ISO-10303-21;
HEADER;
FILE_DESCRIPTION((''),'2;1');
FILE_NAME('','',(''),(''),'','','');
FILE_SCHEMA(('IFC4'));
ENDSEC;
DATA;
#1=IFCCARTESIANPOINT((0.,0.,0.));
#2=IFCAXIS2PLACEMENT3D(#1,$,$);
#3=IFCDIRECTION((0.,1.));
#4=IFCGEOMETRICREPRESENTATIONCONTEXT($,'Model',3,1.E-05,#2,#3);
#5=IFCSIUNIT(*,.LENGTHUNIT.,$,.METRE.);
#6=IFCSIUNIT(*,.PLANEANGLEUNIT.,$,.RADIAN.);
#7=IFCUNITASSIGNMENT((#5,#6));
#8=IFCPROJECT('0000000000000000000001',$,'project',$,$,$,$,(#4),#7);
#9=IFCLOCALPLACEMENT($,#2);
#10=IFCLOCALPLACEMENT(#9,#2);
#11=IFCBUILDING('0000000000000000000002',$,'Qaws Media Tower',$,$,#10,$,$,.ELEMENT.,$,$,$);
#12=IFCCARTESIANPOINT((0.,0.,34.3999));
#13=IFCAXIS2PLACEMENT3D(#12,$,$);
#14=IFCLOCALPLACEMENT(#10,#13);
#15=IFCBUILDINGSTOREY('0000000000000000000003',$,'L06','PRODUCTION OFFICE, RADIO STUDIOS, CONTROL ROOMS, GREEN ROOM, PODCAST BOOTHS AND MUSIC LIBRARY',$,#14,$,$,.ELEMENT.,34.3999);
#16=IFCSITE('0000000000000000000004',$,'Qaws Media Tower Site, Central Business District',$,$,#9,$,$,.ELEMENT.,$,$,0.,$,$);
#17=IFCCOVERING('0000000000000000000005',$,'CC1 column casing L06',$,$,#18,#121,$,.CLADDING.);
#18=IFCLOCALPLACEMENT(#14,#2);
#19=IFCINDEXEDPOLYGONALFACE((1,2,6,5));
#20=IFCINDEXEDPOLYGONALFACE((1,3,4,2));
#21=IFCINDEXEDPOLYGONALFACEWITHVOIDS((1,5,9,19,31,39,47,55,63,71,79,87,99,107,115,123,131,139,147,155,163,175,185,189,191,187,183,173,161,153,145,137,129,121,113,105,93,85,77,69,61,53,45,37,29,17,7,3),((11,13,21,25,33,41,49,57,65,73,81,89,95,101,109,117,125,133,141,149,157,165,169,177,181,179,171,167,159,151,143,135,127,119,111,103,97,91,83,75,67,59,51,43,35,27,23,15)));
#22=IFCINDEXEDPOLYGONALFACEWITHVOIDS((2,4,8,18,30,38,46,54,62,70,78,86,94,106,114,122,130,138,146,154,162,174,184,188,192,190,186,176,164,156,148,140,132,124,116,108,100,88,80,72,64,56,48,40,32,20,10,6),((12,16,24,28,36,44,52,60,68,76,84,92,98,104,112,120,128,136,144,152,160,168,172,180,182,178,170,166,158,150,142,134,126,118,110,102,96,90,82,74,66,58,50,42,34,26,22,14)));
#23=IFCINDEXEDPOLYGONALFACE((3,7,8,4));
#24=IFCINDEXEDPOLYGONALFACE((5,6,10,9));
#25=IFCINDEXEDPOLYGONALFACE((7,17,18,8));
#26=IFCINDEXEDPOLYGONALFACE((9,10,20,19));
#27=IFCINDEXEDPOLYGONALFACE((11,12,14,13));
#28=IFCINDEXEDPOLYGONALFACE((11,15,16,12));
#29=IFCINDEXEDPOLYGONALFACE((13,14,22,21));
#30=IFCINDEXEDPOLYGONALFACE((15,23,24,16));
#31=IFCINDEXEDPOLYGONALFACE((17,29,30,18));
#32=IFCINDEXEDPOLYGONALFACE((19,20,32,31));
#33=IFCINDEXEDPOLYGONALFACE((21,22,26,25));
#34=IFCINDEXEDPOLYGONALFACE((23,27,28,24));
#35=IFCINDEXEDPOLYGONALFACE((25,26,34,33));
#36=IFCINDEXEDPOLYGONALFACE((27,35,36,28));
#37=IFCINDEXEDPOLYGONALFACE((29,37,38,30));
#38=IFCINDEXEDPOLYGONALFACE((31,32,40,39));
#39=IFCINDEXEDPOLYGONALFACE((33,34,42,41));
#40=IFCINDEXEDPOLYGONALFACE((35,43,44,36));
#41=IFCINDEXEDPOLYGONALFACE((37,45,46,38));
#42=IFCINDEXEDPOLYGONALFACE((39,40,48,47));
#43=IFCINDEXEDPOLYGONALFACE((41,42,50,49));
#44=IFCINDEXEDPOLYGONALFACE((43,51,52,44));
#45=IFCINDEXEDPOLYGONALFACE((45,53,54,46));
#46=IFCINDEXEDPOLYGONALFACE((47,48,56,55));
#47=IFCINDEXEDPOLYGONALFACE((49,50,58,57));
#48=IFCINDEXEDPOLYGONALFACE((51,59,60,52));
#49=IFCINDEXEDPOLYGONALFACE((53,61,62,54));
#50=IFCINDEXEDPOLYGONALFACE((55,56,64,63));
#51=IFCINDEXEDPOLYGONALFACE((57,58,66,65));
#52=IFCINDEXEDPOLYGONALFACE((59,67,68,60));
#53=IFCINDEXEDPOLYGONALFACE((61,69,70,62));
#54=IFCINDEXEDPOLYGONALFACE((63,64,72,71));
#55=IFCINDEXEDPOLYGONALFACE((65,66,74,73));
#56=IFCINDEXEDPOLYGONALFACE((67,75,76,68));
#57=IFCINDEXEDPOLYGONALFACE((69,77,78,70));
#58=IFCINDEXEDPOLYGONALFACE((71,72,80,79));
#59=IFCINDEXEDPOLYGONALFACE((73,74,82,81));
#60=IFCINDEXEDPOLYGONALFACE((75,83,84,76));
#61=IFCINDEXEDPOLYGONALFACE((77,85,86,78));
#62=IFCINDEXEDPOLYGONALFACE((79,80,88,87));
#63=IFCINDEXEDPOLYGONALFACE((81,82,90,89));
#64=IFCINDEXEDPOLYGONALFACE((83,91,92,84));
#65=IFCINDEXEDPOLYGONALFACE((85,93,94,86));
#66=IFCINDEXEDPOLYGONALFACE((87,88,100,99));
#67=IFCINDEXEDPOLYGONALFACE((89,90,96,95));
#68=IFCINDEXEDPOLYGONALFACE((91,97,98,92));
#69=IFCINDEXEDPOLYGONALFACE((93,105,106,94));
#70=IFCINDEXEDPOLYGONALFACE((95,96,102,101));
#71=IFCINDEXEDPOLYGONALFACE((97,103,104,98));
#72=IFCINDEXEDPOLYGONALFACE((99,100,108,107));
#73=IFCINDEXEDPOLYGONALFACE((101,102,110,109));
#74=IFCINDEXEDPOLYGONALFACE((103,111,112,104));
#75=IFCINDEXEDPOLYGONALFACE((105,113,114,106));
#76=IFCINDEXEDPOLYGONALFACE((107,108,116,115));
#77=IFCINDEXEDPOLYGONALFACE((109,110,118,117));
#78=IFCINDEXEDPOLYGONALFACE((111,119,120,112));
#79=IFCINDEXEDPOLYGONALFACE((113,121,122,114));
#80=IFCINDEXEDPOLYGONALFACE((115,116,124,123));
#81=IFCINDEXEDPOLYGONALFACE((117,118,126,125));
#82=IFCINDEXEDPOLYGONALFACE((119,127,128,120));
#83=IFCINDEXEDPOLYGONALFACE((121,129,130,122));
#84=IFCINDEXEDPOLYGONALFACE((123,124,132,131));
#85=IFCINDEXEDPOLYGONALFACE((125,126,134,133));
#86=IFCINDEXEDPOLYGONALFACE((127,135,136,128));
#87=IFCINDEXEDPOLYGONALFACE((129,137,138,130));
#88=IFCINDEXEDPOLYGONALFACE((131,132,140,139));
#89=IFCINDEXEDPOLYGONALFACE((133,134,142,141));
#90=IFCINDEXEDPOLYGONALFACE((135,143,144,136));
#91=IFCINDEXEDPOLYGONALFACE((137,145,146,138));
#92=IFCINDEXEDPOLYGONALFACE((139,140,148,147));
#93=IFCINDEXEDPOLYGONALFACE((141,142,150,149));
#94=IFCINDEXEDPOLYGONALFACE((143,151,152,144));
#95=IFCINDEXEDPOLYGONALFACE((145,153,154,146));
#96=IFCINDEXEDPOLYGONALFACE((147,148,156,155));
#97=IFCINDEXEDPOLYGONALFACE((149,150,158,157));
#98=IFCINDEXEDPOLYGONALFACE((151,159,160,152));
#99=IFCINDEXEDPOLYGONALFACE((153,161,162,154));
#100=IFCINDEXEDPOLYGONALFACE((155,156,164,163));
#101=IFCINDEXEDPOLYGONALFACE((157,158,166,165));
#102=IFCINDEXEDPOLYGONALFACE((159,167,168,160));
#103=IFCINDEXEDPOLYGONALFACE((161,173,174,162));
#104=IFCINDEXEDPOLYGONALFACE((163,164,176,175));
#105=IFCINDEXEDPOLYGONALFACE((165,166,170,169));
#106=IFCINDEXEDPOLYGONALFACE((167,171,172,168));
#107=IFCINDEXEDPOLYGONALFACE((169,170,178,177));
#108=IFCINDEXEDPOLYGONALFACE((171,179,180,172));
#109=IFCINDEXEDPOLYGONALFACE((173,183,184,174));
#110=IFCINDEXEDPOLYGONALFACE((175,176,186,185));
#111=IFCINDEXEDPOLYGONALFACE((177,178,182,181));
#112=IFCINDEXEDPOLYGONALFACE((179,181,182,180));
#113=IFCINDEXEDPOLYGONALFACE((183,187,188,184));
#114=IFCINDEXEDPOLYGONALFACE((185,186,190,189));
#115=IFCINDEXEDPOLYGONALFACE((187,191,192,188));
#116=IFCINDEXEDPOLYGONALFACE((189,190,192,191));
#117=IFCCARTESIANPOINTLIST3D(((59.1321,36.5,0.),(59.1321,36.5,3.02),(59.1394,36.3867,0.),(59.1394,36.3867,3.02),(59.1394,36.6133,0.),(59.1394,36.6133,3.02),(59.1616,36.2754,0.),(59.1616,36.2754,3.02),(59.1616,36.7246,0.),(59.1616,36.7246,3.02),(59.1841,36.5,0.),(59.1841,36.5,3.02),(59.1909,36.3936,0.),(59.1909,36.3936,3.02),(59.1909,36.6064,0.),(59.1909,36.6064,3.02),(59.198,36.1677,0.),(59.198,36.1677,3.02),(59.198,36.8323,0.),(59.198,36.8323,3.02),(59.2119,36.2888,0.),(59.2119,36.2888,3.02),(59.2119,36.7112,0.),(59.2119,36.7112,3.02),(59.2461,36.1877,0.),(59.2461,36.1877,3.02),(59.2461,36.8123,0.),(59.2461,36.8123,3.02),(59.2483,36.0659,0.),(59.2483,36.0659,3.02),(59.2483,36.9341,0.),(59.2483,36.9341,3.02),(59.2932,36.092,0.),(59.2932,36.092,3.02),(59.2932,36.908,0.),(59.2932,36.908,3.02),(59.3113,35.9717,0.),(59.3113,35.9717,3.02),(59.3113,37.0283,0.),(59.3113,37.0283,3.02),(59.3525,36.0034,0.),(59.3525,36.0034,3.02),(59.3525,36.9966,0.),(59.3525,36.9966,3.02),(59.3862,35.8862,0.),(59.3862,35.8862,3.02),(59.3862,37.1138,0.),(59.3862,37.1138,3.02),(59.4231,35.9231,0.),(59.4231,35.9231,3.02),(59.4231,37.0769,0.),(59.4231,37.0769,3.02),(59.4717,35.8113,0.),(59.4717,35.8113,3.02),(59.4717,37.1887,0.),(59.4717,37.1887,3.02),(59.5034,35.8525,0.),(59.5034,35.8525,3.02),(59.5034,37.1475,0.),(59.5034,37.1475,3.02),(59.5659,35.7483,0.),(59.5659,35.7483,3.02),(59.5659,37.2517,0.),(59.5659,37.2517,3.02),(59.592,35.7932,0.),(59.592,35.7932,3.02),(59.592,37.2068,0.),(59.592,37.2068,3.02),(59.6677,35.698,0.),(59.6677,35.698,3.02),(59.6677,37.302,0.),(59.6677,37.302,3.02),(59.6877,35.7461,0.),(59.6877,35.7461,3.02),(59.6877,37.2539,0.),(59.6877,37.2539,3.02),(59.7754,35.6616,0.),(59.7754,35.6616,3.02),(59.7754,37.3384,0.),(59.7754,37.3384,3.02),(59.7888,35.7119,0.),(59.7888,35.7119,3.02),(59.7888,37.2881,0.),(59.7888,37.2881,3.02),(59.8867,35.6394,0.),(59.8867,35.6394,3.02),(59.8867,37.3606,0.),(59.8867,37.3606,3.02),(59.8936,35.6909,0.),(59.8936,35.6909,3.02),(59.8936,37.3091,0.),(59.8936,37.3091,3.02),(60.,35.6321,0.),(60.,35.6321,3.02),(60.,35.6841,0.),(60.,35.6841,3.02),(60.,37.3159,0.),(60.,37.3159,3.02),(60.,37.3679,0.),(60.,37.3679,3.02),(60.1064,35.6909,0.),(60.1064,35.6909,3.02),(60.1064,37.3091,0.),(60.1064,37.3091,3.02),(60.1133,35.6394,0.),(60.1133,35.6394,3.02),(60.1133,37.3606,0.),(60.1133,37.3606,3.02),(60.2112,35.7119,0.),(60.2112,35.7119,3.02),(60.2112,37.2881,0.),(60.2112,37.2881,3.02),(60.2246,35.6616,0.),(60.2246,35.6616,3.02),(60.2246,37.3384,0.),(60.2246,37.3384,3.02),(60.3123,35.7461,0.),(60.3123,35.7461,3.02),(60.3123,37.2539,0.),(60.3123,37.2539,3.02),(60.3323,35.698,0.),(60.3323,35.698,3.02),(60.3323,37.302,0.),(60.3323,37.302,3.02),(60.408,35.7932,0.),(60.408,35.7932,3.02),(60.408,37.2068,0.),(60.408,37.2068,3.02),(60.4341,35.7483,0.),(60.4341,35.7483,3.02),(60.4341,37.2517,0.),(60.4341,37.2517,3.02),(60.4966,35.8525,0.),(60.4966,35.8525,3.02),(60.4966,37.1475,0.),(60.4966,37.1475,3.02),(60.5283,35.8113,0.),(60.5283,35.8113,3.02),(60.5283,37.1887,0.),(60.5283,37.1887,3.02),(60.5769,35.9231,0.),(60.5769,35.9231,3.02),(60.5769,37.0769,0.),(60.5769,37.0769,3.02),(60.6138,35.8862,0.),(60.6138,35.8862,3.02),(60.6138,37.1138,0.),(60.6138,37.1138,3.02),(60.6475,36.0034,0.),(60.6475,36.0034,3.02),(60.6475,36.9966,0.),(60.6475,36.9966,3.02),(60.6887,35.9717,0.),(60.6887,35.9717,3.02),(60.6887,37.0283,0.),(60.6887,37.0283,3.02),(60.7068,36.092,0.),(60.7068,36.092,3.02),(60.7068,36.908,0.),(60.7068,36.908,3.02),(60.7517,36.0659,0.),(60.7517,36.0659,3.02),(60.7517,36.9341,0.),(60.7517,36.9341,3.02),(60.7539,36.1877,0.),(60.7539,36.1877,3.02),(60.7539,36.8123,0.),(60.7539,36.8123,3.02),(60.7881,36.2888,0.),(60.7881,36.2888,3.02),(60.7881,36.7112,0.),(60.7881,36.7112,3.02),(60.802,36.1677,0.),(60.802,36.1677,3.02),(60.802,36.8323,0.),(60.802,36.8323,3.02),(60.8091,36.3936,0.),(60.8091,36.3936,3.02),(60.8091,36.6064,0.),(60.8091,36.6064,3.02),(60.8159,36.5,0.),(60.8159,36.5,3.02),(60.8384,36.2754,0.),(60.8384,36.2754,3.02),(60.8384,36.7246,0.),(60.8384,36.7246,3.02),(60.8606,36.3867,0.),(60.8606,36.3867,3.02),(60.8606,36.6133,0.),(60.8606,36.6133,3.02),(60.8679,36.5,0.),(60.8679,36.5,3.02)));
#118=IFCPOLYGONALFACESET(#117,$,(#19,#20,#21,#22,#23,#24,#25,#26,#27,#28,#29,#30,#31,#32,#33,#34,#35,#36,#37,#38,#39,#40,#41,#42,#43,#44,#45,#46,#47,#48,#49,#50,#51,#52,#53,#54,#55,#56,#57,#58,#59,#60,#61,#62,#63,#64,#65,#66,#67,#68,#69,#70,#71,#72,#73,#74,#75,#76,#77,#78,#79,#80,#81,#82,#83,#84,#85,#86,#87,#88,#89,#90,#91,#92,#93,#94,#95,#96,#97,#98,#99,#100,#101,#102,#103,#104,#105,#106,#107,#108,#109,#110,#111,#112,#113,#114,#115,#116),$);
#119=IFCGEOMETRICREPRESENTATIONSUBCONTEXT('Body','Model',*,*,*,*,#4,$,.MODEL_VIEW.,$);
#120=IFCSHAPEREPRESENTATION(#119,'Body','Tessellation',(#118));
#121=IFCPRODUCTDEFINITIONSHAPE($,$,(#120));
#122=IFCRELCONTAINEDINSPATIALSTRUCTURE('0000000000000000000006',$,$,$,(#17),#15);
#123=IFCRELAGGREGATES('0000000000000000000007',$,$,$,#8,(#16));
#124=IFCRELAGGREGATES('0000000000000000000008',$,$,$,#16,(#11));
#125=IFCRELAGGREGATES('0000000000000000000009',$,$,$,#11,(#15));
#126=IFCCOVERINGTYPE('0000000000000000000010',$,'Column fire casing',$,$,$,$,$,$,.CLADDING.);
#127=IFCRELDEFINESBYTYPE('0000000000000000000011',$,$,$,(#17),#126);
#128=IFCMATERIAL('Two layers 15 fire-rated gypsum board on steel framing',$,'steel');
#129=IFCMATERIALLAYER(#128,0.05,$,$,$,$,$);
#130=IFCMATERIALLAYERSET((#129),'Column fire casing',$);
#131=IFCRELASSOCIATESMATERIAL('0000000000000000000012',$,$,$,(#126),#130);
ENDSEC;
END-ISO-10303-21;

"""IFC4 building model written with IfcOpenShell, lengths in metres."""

from ifc_helpers import new_model, si_unit, direction, frame, origin, place, context, subcontext, project, spatial, polyline, outline, extrude, material, layer, layer_set, type_object, element, save


model = new_model("IFC4")

# Units and contexts
model_context = context("Model", 3, precision=1e-05, world=origin(), true_north=direction((0.0, 1.0)))
body_context = subcontext(model_context, "Body", "Model", "MODEL_VIEW")
ifc_project = project(units=[si_unit("LENGTHUNIT", "METRE"), si_unit("PLANEANGLEUNIT", "RADIAN")], contexts=[model_context])

# Site, building, storey
site_placement = place(None, origin())
site = spatial("IfcSite", under=ifc_project, at=site_placement, Name="Qaws Media Tower Site, Central Business District", CompositionType="ELEMENT", RefElevation=0.0)
building_placement = place(site_placement, origin())
building = spatial("IfcBuilding", under=site, at=building_placement, Name="Qaws Media Tower", CompositionType="ELEMENT")
storey_placement = place(building_placement, frame((0.0, 0.0, 34.3999)))
storey = spatial("IfcBuildingStorey", under=building, at=storey_placement, Name="L06", Description="PRODUCTION OFFICE, RADIO STUDIOS, CONTROL ROOMS, GREEN ROOM, PODCAST BOOTHS AND MUSIC LIBRARY", CompositionType="ELEMENT", Elevation=34.3999)

# Covering
ifc_material_1 = material(Name="Two layers 15 fire-rated gypsum board on steel framing", Category="steel")
ifc_layer_1 = layer(ifc_material_1, 0.05)
ifc_layer_set_1 = layer_set([ifc_layer_1], Name="Column fire casing")
covering_type_1 = type_object("IfcCoveringType", Name="Column fire casing", PredefinedType="CLADDING", material=ifc_layer_set_1)
covering_1_placement = place(storey_placement, origin())
element("IfcCovering", 1, at=covering_1_placement, inside=storey, type_object=covering_type_1, Name="CC1 column casing L06", PredefinedType="CLADDING", context=body_context, shape_type="SweptSolid", body=[
    extrude(outline(polyline([(60.8679, 36.5), (60.8606, 36.3867), (60.8384, 36.2754), (60.802, 36.1677), (60.7517, 36.0659), (60.6887, 35.9717), (60.6138, 35.8862), (60.5283, 35.8113), (60.4341, 35.7483), (60.3323, 35.698), (60.2246, 35.6616), (60.1133, 35.6394), (60.0, 35.6321), (59.8867, 35.6394), (59.7754, 35.6616), (59.6677, 35.698), (59.5659, 35.7483), (59.4717, 35.8113), (59.3862, 35.8862), (59.3113, 35.9717), (59.2483, 36.0659), (59.198, 36.1677), (59.1616, 36.2754), (59.1394, 36.3867), (59.1321, 36.5), (59.1394, 36.6133), (59.1616, 36.7246), (59.198, 36.8323), (59.2483, 36.9341), (59.3113, 37.0283), (59.3862, 37.1138), (59.4717, 37.1887), (59.5659, 37.2517), (59.6677, 37.302), (59.7754, 37.3384), (59.8867, 37.3606), (60.0, 37.3679), (60.1133, 37.3606), (60.2246, 37.3384), (60.3323, 37.302), (60.4341, 37.2517), (60.5283, 37.1887), (60.6138, 37.1138), (60.6887, 37.0283), (60.7517, 36.9341), (60.802, 36.8323), (60.8384, 36.7246), (60.8606, 36.6133), (60.8679, 36.5)]), holes=[polyline([(60.8159, 36.5), (60.8091, 36.3936), (60.7881, 36.2888), (60.7539, 36.1877), (60.7068, 36.092), (60.6475, 36.0034), (60.5769, 35.9231), (60.4966, 35.8525), (60.408, 35.7932), (60.3123, 35.7461), (60.2112, 35.7119), (60.1064, 35.6909), (60.0, 35.6841), (59.8936, 35.6909), (59.7888, 35.7119), (59.6877, 35.7461), (59.592, 35.7932), (59.5034, 35.8525), (59.4231, 35.9231), (59.3525, 36.0034), (59.2932, 36.092), (59.2461, 36.1877), (59.2119, 36.2888), (59.1909, 36.3936), (59.1841, 36.5), (59.1909, 36.6064), (59.2119, 36.7112), (59.2461, 36.8123), (59.2932, 36.908), (59.3525, 36.9966), (59.4231, 37.0769), (59.5034, 37.1475), (59.592, 37.2068), (59.6877, 37.2539), (59.7888, 37.2881), (59.8936, 37.3091), (60.0, 37.3159), (60.1064, 37.3091), (60.2112, 37.2881), (60.3123, 37.2539), (60.408, 37.2068), (60.4966, 37.1475), (60.5769, 37.0769), (60.6475, 36.9966), (60.7068, 36.908), (60.7539, 36.8123), (60.7881, 36.7112), (60.8091, 36.6064), (60.8159, 36.5)])]), origin(), (0.0, 0.0, 1.0), 3.02),
])

save(model, "model.ifc")
